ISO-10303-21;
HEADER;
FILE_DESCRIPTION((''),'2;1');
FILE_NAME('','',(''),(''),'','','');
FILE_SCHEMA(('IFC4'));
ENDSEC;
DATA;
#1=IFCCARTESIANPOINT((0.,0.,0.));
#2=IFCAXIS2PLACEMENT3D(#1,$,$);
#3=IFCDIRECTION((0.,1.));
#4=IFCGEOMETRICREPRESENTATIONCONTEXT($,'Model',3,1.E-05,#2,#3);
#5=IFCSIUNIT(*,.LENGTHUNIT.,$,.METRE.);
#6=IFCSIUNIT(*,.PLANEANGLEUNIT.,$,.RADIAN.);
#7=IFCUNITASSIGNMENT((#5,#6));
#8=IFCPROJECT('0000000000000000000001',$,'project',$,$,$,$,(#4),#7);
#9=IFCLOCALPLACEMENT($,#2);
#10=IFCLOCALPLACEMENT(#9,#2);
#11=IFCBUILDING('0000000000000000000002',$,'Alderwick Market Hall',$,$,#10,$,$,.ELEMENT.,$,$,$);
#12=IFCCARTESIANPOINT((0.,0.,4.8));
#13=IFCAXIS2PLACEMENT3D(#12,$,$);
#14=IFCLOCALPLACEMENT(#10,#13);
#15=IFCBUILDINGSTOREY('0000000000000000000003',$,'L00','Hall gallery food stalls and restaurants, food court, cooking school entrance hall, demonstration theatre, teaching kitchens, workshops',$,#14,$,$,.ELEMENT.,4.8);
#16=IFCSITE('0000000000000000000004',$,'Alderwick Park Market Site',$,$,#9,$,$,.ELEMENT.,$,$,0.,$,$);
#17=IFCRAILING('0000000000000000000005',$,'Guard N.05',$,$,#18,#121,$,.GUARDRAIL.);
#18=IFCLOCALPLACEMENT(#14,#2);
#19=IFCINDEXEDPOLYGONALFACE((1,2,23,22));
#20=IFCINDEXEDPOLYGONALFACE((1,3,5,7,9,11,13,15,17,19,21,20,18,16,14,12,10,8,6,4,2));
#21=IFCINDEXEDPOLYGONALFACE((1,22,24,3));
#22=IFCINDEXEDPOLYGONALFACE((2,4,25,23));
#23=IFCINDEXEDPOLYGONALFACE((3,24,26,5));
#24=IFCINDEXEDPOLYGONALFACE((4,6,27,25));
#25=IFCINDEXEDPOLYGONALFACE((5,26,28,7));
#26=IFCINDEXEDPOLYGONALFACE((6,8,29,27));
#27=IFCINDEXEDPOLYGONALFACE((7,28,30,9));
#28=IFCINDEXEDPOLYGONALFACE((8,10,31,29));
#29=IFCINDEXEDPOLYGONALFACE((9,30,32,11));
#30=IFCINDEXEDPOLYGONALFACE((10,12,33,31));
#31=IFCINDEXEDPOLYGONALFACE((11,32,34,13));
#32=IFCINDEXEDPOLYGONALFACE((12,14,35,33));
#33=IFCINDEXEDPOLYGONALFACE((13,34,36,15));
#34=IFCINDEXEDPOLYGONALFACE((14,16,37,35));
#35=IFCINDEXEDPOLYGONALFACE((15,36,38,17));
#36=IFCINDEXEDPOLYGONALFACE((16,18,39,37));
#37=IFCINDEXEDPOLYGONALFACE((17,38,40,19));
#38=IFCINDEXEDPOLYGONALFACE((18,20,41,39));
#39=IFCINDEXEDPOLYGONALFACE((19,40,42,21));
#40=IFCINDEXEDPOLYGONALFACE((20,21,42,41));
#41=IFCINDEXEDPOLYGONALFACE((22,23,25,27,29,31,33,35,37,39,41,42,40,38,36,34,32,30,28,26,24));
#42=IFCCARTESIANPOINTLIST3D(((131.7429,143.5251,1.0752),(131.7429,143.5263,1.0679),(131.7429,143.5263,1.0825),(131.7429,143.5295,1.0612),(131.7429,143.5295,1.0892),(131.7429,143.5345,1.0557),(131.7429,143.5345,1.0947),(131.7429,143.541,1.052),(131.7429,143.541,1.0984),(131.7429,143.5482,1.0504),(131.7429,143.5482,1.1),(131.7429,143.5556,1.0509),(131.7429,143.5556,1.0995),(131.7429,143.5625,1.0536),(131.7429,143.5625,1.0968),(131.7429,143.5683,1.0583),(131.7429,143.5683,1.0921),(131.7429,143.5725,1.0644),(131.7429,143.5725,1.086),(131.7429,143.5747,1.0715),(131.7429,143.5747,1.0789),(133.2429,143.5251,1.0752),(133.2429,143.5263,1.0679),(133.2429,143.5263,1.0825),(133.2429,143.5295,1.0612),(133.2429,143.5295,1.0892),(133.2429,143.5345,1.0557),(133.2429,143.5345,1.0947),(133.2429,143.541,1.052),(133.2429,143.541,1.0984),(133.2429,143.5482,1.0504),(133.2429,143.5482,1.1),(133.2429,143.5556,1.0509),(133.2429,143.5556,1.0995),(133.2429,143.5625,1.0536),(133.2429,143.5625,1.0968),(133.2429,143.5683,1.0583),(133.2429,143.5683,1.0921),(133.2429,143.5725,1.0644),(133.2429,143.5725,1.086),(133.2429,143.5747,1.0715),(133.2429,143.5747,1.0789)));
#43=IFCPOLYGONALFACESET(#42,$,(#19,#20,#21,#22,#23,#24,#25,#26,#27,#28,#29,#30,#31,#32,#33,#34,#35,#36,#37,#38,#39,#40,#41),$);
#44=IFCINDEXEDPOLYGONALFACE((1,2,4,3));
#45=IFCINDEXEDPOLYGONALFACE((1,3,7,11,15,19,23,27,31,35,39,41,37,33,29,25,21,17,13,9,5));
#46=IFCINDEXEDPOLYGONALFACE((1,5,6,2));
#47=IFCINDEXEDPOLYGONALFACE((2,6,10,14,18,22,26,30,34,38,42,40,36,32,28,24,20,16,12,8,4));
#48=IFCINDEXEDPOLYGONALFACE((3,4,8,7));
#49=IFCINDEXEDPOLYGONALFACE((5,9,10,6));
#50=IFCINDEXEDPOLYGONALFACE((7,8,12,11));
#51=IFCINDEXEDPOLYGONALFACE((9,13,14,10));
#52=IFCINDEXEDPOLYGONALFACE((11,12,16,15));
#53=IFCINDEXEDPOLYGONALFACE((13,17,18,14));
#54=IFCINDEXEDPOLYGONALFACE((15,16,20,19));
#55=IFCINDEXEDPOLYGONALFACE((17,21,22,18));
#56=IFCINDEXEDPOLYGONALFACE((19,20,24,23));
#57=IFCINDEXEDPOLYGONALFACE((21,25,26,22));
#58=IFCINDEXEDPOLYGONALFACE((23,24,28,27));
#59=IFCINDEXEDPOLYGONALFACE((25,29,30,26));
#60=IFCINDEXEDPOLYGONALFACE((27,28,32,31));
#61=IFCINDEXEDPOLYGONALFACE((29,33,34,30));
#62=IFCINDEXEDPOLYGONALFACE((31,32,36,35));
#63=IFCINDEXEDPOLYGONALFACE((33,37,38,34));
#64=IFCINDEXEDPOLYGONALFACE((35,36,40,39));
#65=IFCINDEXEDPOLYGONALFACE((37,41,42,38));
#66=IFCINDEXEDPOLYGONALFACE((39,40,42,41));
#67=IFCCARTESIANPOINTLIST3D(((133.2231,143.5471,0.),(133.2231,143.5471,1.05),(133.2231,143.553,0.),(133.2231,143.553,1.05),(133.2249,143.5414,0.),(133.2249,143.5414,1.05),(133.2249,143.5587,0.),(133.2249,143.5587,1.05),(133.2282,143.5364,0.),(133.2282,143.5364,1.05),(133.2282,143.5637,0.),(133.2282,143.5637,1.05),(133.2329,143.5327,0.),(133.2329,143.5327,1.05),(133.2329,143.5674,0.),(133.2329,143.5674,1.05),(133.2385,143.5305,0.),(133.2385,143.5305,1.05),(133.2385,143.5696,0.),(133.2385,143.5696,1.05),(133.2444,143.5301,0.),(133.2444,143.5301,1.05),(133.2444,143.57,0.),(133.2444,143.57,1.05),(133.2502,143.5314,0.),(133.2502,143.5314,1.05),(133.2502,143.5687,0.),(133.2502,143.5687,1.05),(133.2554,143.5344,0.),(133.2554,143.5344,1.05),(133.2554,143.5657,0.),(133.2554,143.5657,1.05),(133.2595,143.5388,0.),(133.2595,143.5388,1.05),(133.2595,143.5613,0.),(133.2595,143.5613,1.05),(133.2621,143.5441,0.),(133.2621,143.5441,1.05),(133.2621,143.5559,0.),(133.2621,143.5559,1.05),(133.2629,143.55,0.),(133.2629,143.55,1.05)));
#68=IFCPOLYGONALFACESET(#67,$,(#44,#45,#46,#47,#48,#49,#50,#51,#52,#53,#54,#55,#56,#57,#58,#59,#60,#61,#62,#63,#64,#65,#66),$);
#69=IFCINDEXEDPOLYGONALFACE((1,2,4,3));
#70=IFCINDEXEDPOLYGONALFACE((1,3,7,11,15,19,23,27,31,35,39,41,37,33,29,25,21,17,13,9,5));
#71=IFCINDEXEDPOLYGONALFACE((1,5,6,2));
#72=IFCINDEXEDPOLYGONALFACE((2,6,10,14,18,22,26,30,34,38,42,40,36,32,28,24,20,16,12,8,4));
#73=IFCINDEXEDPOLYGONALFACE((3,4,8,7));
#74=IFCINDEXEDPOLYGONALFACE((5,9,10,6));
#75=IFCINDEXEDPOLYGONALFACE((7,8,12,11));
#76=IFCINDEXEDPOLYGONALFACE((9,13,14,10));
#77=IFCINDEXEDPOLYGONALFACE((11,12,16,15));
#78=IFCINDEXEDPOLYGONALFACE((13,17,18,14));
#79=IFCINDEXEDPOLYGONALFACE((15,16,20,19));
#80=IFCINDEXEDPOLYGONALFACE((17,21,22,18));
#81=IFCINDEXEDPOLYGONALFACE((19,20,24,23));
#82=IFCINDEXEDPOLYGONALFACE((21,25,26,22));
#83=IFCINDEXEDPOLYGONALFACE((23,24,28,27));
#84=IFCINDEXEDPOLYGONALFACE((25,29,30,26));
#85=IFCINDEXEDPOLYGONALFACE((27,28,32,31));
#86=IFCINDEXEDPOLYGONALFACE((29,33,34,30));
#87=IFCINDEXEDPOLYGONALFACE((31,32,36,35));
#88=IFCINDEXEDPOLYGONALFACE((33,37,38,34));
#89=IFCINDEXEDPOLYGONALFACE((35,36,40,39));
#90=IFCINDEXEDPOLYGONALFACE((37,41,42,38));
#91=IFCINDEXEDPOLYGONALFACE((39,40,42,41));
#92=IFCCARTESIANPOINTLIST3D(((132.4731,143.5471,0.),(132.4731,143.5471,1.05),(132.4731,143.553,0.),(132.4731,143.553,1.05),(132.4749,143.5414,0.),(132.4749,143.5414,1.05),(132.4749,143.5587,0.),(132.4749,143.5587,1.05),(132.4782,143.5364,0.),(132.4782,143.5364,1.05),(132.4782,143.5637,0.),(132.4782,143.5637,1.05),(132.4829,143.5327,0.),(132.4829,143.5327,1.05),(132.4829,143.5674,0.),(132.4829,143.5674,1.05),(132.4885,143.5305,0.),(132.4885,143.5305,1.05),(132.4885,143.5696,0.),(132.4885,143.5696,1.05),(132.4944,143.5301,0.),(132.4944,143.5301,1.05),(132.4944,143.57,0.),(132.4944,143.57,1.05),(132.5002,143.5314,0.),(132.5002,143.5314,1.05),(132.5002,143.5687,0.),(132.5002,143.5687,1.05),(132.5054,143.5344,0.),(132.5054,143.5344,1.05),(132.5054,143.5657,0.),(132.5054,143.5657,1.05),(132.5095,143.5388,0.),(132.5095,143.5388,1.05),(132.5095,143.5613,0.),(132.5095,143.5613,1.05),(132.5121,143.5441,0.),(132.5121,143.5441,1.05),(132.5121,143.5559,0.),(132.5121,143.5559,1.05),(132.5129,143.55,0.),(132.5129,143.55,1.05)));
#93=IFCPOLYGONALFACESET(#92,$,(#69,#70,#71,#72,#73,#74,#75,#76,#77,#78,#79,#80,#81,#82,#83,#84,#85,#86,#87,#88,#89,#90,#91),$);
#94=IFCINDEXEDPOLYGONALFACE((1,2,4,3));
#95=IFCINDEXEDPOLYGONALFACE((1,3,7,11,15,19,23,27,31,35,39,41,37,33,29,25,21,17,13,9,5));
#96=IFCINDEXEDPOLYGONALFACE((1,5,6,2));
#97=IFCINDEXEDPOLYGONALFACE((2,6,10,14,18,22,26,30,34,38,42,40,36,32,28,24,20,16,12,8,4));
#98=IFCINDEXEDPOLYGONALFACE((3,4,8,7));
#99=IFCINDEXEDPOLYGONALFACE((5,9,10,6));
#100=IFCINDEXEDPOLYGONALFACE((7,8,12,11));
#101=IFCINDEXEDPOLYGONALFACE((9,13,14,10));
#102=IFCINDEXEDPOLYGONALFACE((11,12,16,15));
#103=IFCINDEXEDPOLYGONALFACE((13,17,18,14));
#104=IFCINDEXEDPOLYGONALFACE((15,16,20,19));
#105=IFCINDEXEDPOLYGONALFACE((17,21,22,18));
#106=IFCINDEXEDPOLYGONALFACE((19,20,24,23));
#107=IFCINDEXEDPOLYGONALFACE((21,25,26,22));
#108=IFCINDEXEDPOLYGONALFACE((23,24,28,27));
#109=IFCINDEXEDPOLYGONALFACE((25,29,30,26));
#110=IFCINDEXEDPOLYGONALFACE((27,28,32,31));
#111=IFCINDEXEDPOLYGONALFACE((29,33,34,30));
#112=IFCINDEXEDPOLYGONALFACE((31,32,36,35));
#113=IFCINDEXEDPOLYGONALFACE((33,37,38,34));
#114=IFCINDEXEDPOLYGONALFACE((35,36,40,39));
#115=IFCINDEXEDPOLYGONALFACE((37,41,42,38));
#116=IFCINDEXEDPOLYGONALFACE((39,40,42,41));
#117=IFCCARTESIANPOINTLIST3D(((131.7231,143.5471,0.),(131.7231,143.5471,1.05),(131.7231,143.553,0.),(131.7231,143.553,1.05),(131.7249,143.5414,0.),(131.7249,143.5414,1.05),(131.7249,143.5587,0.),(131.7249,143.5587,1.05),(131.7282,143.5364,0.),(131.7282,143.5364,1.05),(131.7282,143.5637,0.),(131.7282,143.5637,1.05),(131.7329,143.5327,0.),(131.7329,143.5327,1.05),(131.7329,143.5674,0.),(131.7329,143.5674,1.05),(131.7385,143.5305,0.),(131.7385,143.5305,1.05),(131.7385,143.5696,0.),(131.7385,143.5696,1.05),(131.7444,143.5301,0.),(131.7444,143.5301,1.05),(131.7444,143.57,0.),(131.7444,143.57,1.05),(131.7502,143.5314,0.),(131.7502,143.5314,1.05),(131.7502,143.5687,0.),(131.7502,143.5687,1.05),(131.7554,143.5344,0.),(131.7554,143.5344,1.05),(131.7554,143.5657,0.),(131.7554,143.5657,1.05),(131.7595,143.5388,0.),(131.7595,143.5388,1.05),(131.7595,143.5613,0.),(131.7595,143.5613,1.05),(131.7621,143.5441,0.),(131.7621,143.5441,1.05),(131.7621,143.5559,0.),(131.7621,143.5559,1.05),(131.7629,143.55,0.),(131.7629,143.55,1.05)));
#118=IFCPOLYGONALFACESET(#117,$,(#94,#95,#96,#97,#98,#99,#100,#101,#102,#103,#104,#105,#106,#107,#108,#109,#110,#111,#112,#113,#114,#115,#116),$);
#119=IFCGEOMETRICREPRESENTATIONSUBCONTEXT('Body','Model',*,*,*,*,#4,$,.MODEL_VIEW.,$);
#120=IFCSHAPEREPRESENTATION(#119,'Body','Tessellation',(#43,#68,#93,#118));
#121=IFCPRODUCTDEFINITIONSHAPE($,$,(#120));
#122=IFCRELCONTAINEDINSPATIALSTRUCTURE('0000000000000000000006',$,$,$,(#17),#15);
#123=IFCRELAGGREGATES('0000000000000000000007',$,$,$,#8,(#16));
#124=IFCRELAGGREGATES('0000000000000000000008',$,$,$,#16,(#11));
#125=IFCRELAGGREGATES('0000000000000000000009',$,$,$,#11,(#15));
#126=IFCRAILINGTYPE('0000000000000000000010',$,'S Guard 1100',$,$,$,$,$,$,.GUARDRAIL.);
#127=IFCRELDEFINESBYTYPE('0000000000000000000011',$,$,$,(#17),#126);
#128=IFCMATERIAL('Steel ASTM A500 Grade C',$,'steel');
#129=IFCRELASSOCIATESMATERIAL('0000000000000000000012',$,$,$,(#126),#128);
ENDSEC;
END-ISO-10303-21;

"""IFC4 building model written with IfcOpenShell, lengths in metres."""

from ifc_helpers import new_model, si_unit, direction, frame, origin, origin_2d, place, context, subcontext, project, spatial, circle, extrude, material, type_object, element, save


model = new_model("IFC4")

# Units and contexts
model_context = context("Model", 3, precision=1e-05, world=origin(), true_north=direction((0.0, 1.0)))
body_context = subcontext(model_context, "Body", "Model", "MODEL_VIEW")
ifc_project = project(units=[si_unit("LENGTHUNIT", "METRE"), si_unit("PLANEANGLEUNIT", "RADIAN")], contexts=[model_context])

# Site, building, storey
site_placement = place(None, origin())
site = spatial("IfcSite", under=ifc_project, at=site_placement, Name="Alderwick Park Market Site", CompositionType="ELEMENT", RefElevation=0.0)
building_placement = place(site_placement, origin())
building = spatial("IfcBuilding", under=site, at=building_placement, Name="Alderwick Market Hall", CompositionType="ELEMENT")
storey_placement = place(building_placement, frame((0.0, 0.0, 4.8)))
storey = spatial("IfcBuildingStorey", under=building, at=storey_placement, Name="L00", Description="Hall gallery food stalls and restaurants, food court, cooking school entrance hall, demonstration theatre, teaching kitchens, workshops", CompositionType="ELEMENT", Elevation=4.8)

# Shared definitions
ifc_material_1 = material(Name="Steel ASTM A500 Grade C", Category="steel")

# Railing
railing_type_1 = type_object("IfcRailingType", Name="S Guard 1100", PredefinedType="GUARDRAIL", material=ifc_material_1)
railing_1_placement = place(storey_placement, frame((133.2429, 143.55, 0.0)))
element("IfcRailing", 1, at=railing_1_placement, inside=storey, type_object=railing_type_1, Name="Guard N.05", PredefinedType="GUARDRAIL", context=body_context, shape_type="SweptSolid", body=[
    extrude(circle(Radius=0.0249, at=origin_2d()), frame((0.0, 0.0, 1.0752), z_axis=(-1.0, 0.0, 0.0), x_axis=(0.0, -1.0, 0.0)), (0.0, 0.0, 1.0), 1.5),
    extrude(circle(Radius=0.02, at=origin_2d()), origin(), (0.0, 0.0, 1.0), 1.05),
    extrude(circle(Radius=0.02, at=origin_2d()), frame((-0.75, 0.0, 0.0)), (0.0, 0.0, 1.0), 1.05),
    extrude(circle(Radius=0.02, at=origin_2d()), frame((-1.5, 0.0, 0.0)), (0.0, 0.0, 1.0), 1.05),
])

save(model, "model.ifc")
